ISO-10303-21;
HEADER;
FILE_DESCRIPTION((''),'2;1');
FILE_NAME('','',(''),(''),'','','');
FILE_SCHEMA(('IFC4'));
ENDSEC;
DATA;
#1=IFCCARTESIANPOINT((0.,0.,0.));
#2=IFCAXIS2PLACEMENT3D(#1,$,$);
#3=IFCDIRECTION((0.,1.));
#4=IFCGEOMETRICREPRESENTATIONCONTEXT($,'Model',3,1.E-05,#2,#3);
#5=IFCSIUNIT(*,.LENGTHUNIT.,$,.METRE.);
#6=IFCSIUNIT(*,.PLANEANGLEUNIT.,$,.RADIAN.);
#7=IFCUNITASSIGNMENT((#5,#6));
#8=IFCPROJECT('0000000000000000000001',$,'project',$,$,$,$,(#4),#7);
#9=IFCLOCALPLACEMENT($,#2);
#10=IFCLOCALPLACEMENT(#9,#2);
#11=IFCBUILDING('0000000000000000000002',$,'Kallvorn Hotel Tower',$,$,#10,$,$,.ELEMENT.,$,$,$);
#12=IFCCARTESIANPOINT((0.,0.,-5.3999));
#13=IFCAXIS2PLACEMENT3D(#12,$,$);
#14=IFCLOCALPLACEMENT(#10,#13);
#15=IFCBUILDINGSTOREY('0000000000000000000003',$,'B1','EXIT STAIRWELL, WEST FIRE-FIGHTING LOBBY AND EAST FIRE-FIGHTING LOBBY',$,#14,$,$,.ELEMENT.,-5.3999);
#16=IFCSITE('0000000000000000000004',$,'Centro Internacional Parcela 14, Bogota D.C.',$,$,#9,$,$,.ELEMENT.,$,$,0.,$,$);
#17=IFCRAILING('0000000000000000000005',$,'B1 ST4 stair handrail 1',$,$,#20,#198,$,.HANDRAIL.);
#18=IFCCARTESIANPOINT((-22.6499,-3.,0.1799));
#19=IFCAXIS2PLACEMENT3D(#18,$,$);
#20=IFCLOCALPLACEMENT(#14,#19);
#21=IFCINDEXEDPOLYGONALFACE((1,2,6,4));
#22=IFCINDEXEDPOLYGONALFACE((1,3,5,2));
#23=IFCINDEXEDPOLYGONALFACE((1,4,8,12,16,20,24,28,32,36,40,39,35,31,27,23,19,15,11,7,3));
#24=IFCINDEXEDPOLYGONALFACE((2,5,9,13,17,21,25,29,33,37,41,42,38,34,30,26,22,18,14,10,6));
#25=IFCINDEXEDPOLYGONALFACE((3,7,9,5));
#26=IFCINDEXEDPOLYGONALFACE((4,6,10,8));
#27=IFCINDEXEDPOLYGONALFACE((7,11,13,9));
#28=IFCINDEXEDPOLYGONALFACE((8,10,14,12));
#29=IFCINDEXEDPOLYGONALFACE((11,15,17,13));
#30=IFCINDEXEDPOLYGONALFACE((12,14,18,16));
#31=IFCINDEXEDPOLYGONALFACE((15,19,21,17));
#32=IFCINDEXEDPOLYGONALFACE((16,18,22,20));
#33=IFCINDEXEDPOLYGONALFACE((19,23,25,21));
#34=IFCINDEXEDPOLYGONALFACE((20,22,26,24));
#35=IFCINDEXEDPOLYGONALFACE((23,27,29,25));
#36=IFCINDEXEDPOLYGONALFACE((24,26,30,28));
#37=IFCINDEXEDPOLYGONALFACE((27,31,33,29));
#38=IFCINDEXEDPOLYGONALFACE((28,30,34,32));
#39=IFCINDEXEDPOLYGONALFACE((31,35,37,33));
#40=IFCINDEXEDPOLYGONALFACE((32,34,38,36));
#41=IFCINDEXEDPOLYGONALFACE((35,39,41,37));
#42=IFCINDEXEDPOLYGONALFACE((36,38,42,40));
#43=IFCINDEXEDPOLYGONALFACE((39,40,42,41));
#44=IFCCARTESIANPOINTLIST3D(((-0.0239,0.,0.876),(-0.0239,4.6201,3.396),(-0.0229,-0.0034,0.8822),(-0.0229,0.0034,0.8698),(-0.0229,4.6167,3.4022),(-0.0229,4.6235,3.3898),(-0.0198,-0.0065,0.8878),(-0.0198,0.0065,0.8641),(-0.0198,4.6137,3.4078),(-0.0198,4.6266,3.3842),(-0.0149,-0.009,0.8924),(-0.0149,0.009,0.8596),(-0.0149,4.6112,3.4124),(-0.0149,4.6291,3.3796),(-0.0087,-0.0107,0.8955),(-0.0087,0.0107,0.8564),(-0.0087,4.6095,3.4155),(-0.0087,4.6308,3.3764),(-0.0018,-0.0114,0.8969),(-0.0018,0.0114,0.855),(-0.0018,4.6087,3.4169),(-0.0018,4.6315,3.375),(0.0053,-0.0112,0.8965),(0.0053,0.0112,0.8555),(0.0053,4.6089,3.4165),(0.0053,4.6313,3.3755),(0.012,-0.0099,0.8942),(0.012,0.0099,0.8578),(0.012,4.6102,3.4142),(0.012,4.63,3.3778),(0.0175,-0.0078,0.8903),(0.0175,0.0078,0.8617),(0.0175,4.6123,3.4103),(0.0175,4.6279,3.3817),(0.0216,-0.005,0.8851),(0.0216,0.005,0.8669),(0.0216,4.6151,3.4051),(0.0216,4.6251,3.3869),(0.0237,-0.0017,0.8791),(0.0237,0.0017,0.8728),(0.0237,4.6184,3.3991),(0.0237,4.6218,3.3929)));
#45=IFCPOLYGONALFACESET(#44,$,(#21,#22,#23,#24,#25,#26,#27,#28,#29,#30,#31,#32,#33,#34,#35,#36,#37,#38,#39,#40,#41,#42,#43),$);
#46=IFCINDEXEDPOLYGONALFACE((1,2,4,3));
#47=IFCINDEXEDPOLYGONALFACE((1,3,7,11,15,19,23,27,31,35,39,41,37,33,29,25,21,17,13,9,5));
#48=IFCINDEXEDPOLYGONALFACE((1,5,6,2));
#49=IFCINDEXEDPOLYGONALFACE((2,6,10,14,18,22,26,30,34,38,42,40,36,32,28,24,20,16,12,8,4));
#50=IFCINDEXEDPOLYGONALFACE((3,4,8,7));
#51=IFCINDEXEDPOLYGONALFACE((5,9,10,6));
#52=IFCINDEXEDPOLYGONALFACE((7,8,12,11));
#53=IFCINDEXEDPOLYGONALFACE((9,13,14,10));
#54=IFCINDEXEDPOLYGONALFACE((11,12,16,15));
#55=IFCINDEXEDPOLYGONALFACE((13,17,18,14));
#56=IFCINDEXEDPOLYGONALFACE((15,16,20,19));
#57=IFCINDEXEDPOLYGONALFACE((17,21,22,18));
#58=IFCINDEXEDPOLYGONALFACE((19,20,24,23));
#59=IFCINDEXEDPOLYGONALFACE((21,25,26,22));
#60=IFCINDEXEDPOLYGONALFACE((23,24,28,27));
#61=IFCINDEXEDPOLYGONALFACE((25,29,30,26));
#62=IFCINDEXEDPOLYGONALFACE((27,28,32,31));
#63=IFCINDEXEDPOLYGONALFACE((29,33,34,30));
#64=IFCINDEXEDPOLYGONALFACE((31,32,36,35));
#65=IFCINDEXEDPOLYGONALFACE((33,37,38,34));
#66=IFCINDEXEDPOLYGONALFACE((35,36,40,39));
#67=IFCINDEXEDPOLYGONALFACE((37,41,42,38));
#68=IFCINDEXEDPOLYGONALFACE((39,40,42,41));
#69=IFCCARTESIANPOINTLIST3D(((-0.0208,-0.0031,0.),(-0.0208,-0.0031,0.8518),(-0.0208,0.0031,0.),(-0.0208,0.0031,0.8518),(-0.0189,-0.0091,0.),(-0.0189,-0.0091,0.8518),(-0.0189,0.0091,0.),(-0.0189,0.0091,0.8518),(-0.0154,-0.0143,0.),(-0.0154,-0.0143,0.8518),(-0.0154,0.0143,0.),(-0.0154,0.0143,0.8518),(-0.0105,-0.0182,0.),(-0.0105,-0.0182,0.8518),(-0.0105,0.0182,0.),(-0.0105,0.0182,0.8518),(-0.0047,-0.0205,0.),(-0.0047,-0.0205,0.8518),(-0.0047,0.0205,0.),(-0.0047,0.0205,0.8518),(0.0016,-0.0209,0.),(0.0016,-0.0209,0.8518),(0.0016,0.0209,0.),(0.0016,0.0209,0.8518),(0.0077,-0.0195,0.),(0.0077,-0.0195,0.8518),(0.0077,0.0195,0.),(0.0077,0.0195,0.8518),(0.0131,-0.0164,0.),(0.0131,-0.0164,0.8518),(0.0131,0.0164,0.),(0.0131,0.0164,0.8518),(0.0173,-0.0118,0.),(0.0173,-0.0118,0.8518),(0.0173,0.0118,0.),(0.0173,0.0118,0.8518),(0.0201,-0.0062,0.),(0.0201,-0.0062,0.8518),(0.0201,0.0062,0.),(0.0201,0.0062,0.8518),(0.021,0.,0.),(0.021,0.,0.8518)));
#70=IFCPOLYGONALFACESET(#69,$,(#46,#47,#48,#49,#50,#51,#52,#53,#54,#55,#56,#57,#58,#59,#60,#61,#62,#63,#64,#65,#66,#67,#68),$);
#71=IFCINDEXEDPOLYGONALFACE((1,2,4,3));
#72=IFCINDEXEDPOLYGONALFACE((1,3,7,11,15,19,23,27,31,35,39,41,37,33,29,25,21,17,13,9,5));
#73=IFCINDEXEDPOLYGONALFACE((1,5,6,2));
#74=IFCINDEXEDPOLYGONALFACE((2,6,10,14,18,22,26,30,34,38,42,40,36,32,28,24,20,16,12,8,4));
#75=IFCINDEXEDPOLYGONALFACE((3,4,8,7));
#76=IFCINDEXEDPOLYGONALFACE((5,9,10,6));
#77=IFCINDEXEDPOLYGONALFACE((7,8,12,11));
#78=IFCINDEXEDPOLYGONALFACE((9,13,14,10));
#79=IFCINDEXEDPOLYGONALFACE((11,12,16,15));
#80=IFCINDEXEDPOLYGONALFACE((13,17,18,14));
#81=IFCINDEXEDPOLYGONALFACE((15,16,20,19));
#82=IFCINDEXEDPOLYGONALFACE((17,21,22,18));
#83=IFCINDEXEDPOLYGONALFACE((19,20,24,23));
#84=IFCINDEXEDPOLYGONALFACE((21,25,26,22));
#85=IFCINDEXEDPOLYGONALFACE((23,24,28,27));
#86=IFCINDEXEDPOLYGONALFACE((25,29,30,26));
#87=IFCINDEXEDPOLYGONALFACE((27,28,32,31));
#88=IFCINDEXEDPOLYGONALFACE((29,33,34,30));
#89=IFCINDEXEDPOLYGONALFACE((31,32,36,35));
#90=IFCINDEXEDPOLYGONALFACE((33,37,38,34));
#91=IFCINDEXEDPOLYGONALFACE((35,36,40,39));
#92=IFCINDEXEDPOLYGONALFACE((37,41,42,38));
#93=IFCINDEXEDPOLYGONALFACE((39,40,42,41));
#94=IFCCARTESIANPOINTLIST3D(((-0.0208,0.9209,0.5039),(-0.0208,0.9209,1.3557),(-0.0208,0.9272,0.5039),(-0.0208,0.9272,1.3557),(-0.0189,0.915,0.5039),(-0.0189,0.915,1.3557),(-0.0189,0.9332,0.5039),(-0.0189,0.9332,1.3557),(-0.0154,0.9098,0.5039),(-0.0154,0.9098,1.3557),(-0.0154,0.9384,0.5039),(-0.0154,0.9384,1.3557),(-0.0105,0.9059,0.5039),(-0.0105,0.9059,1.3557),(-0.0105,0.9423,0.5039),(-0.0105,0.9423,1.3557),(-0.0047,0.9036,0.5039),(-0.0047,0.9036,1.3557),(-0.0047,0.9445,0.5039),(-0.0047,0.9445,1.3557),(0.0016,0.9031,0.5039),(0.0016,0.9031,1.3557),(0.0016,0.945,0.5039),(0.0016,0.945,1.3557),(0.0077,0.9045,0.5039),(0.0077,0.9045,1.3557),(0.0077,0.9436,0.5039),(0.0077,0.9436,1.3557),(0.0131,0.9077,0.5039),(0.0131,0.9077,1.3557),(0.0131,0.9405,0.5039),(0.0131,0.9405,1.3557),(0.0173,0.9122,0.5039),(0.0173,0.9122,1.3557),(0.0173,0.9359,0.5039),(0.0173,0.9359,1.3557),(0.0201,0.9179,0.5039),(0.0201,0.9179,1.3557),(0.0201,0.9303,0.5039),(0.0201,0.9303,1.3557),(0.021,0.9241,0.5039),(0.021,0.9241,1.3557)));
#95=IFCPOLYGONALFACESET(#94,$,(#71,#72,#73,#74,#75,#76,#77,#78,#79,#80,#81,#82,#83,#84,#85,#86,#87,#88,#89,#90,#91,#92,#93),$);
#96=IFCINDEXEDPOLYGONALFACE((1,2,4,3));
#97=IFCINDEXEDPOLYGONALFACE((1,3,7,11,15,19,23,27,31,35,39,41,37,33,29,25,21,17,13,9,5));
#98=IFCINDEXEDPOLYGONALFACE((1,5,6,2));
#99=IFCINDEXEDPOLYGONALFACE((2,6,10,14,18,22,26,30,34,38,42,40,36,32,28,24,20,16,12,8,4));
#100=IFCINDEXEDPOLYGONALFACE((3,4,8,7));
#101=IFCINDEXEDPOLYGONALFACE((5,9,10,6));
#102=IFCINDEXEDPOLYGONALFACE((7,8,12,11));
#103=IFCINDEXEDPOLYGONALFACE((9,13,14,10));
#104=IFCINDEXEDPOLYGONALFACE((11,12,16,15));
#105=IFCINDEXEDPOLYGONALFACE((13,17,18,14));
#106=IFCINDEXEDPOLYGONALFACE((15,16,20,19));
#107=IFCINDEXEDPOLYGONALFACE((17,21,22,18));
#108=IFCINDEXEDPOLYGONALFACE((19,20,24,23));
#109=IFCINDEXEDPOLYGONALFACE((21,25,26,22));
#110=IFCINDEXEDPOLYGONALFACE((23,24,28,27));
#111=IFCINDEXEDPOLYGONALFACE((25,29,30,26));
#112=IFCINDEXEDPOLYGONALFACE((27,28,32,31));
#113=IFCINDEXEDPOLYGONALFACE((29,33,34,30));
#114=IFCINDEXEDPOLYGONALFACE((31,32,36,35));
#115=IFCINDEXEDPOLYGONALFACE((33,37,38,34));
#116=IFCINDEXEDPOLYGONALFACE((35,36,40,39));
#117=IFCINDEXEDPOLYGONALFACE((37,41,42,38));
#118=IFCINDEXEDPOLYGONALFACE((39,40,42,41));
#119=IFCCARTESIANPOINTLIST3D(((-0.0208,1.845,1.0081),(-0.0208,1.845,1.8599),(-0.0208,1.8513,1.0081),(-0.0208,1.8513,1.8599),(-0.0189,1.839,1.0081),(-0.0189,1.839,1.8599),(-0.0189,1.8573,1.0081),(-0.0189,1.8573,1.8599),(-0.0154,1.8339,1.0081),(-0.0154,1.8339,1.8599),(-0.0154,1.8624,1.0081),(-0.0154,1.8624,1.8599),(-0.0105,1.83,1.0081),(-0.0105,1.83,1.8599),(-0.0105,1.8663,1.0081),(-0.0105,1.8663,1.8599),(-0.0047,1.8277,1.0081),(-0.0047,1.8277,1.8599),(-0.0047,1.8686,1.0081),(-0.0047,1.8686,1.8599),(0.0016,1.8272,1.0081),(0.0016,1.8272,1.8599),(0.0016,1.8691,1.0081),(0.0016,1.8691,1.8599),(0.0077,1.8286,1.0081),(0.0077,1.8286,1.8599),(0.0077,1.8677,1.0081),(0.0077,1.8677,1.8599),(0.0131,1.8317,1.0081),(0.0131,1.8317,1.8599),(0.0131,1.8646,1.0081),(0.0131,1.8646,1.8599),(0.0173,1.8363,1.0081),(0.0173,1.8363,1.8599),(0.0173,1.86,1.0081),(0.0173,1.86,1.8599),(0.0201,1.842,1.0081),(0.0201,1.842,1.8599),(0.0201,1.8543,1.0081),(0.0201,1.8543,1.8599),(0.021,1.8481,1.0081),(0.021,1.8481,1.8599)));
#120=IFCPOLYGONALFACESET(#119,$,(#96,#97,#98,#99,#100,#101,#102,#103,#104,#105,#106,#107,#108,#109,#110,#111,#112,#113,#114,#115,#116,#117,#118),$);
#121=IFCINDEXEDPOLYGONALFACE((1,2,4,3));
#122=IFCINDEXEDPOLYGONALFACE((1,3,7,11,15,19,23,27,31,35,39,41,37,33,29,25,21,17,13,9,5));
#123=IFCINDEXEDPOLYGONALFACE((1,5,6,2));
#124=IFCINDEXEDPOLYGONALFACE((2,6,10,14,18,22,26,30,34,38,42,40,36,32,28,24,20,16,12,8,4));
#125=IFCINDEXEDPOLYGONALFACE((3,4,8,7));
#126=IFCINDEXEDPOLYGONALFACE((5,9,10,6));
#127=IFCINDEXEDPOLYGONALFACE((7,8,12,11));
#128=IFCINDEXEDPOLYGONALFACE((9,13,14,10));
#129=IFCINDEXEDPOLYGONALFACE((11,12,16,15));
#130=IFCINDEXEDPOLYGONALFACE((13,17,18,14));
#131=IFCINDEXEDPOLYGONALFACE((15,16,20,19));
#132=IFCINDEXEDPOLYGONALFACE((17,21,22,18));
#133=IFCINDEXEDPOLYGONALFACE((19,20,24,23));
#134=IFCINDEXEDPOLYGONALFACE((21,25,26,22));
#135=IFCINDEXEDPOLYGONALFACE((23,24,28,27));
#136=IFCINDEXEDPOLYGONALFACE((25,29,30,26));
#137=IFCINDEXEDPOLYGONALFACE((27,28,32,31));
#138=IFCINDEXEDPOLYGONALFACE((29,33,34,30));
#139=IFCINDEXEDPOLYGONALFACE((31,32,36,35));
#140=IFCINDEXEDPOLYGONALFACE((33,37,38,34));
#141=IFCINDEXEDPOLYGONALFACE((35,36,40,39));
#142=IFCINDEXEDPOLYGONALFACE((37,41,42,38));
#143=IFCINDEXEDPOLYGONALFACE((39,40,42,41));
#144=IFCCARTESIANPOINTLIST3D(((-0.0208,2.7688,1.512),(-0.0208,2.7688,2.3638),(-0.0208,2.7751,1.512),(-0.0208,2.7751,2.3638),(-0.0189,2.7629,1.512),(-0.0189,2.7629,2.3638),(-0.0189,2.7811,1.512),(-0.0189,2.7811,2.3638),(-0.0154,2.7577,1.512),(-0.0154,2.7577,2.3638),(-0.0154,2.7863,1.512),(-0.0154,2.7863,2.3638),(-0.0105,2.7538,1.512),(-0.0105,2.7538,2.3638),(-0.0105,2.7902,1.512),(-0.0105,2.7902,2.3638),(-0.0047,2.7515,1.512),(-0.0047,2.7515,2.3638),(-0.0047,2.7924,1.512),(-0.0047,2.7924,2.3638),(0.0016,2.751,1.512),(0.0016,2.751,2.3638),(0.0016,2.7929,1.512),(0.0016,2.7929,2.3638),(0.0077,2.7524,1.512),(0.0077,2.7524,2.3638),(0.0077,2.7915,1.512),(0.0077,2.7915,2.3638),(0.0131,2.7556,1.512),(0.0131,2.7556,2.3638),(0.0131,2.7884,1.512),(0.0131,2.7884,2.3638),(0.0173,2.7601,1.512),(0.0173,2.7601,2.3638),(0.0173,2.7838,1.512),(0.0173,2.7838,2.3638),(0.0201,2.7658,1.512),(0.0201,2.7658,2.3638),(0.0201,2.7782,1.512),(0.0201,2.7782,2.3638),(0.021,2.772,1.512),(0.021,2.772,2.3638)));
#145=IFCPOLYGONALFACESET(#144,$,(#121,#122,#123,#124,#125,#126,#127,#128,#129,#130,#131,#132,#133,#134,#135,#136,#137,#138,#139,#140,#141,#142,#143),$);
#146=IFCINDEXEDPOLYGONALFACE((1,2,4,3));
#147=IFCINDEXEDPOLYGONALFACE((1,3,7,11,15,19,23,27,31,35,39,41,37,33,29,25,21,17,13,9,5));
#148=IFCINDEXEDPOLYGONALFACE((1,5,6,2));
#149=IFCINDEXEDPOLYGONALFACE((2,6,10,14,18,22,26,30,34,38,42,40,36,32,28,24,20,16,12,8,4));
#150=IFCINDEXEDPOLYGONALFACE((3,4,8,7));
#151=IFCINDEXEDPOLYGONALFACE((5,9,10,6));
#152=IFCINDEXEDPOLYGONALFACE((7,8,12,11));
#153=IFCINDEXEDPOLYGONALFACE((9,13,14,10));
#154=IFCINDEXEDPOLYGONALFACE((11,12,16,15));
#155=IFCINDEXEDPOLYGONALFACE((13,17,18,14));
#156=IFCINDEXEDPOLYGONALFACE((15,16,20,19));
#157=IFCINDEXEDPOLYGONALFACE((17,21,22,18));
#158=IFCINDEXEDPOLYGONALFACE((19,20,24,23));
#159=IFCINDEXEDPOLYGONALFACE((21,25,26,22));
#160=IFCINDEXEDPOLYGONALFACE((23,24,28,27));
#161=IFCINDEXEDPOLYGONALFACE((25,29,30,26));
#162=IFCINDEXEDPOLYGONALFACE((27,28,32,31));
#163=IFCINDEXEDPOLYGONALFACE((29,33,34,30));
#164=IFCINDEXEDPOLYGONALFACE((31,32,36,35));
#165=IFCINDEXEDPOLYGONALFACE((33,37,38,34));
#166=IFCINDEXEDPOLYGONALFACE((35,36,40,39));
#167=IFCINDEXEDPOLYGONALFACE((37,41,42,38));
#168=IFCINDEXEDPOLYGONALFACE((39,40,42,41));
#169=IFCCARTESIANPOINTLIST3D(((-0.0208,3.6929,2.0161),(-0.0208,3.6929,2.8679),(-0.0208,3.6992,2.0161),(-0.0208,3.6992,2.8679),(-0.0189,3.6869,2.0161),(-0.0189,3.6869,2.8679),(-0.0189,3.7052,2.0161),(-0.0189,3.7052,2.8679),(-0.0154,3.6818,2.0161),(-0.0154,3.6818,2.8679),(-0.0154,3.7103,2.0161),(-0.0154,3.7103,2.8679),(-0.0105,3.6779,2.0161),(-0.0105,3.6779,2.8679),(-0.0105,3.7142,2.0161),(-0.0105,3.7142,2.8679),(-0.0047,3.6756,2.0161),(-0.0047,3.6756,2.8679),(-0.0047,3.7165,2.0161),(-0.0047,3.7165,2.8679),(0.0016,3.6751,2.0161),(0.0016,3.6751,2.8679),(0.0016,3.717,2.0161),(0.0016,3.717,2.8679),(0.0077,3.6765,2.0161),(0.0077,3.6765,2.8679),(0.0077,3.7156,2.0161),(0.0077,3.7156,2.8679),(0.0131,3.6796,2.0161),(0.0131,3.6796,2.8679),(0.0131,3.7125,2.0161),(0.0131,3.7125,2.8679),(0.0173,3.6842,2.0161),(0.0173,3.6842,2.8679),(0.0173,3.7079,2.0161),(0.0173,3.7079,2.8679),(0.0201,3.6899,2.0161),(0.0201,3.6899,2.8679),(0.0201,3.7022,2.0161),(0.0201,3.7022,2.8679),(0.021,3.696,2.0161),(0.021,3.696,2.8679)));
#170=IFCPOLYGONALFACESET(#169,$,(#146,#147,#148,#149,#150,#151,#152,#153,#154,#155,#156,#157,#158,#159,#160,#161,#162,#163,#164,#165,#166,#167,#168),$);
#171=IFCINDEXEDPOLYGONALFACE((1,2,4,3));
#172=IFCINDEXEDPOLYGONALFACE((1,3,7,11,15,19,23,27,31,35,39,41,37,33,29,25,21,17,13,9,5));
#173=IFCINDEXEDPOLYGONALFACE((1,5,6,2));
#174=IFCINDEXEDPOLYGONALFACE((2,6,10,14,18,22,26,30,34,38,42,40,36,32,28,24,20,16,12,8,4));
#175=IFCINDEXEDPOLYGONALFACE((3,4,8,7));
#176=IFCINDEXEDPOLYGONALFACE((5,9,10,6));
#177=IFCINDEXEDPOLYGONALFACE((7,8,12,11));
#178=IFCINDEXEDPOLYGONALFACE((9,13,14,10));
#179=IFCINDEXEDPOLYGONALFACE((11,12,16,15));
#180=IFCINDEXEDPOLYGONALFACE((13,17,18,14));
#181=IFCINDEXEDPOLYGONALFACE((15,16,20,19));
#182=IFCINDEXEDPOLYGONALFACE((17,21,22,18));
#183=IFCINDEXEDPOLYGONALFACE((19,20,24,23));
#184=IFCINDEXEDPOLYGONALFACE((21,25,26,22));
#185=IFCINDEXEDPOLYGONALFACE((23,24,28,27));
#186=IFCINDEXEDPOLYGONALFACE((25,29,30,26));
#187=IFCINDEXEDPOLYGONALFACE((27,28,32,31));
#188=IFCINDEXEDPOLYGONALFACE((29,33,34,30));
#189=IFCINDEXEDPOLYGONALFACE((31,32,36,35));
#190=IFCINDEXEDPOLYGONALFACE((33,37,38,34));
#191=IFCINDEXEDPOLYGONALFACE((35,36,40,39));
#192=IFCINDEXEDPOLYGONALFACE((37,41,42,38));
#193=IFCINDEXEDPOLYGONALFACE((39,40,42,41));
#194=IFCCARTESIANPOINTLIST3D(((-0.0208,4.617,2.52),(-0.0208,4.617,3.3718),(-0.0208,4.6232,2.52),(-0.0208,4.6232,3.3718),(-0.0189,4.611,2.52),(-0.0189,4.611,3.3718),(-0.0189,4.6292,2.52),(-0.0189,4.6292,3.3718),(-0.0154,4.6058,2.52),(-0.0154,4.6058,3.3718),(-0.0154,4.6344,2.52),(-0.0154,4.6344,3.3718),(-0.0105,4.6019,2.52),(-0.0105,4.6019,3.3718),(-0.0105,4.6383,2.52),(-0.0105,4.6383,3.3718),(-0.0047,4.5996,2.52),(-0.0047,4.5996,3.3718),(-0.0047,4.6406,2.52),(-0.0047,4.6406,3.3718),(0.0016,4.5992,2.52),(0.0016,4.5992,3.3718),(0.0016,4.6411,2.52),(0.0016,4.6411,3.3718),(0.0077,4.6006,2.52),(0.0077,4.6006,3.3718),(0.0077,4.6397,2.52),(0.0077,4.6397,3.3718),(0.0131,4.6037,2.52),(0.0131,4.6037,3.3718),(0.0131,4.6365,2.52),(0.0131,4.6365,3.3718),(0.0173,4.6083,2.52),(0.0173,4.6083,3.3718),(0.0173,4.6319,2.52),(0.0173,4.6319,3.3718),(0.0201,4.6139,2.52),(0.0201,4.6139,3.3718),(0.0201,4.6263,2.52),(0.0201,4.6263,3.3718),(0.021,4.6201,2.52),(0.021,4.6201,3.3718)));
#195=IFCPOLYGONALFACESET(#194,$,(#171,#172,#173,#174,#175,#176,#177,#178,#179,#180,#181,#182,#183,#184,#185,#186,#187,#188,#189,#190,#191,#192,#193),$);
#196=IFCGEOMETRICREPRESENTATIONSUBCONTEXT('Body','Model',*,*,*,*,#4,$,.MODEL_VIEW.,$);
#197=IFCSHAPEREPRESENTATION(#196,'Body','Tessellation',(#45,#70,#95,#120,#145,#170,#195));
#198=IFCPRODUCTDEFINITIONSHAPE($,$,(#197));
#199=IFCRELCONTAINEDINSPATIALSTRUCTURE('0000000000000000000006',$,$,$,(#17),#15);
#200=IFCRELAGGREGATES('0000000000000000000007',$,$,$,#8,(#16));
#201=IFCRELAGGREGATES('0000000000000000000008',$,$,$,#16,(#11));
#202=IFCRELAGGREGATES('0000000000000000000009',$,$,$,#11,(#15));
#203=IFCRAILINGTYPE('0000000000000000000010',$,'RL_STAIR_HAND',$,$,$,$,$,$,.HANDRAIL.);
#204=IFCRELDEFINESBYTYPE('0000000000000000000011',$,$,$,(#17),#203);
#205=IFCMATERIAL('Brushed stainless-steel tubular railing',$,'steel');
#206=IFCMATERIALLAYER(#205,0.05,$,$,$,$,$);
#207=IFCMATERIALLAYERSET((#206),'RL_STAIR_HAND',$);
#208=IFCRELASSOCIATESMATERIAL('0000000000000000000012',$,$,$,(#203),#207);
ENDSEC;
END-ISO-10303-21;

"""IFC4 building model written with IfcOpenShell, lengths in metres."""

from ifc_helpers import new_model, si_unit, direction, frame, origin, origin_2d, place, context, subcontext, project, spatial, circle, extrude, material, layer, layer_set, type_object, element, save


model = new_model("IFC4")

# Units and contexts
model_context = context("Model", 3, precision=1e-05, world=origin(), true_north=direction((0.0, 1.0)))
body_context = subcontext(model_context, "Body", "Model", "MODEL_VIEW")
ifc_project = project(units=[si_unit("LENGTHUNIT", "METRE"), si_unit("PLANEANGLEUNIT", "RADIAN")], contexts=[model_context])

# Site, building, storey
site_placement = place(None, origin())
site = spatial("IfcSite", under=ifc_project, at=site_placement, Name="Centro Internacional Parcela 14, Bogota D.C.", CompositionType="ELEMENT", RefElevation=0.0)
building_placement = place(site_placement, origin())
building = spatial("IfcBuilding", under=site, at=building_placement, Name="Kallvorn Hotel Tower", CompositionType="ELEMENT")
storey_placement = place(building_placement, frame((0.0, 0.0, -5.3999)))
storey = spatial("IfcBuildingStorey", under=building, at=storey_placement, Name="B1", Description="EXIT STAIRWELL, WEST FIRE-FIGHTING LOBBY AND EAST FIRE-FIGHTING LOBBY", CompositionType="ELEMENT", Elevation=-5.3999)

# Railing
ifc_material_1 = material(Name="Brushed stainless-steel tubular railing", Category="steel")
ifc_layer_1 = layer(ifc_material_1, 0.05)
ifc_layer_set_1 = layer_set([ifc_layer_1], Name="RL_STAIR_HAND")
railing_type_1 = type_object("IfcRailingType", Name="RL_STAIR_HAND", PredefinedType="HANDRAIL", material=ifc_layer_set_1)
railing_1_placement = place(storey_placement, frame((-22.6499, -3.0, 0.1799)))
element("IfcRailing", 1, at=railing_1_placement, inside=storey, type_object=railing_type_1, Name="B1 ST4 stair handrail 1", PredefinedType="HANDRAIL", context=body_context, shape_type="SweptSolid", body=[
    extrude(circle(Radius=0.0239, at=origin_2d()), frame((0.0, 0.0, 0.876), z_axis=(0.0, 0.877899, 0.478846), x_axis=(-1.0, 0.0, 0.0)), (0.0, 0.0, 1.0), 5.2627),
    extrude(circle(Radius=0.021, at=origin_2d()), origin(), (0.0, 0.0, 1.0), 0.8518),
    extrude(circle(Radius=0.021, at=origin_2d()), frame((0.0, 0.9241, 0.5039)), (0.0, 0.0, 1.0), 0.8518),
    extrude(circle(Radius=0.021, at=origin_2d()), frame((0.0, 1.8481, 1.0081)), (0.0, 0.0, 1.0), 0.8518),
    extrude(circle(Radius=0.021, at=origin_2d()), frame((0.0, 2.772, 1.512)), (0.0, 0.0, 1.0), 0.8518),
    extrude(circle(Radius=0.021, at=origin_2d()), frame((0.0, 3.696, 2.0161)), (0.0, 0.0, 1.0), 0.8518),
    extrude(circle(Radius=0.021, at=origin_2d()), frame((0.0, 4.6201, 2.52)), (0.0, 0.0, 1.0), 0.8518),
])

save(model, "model.ifc")
